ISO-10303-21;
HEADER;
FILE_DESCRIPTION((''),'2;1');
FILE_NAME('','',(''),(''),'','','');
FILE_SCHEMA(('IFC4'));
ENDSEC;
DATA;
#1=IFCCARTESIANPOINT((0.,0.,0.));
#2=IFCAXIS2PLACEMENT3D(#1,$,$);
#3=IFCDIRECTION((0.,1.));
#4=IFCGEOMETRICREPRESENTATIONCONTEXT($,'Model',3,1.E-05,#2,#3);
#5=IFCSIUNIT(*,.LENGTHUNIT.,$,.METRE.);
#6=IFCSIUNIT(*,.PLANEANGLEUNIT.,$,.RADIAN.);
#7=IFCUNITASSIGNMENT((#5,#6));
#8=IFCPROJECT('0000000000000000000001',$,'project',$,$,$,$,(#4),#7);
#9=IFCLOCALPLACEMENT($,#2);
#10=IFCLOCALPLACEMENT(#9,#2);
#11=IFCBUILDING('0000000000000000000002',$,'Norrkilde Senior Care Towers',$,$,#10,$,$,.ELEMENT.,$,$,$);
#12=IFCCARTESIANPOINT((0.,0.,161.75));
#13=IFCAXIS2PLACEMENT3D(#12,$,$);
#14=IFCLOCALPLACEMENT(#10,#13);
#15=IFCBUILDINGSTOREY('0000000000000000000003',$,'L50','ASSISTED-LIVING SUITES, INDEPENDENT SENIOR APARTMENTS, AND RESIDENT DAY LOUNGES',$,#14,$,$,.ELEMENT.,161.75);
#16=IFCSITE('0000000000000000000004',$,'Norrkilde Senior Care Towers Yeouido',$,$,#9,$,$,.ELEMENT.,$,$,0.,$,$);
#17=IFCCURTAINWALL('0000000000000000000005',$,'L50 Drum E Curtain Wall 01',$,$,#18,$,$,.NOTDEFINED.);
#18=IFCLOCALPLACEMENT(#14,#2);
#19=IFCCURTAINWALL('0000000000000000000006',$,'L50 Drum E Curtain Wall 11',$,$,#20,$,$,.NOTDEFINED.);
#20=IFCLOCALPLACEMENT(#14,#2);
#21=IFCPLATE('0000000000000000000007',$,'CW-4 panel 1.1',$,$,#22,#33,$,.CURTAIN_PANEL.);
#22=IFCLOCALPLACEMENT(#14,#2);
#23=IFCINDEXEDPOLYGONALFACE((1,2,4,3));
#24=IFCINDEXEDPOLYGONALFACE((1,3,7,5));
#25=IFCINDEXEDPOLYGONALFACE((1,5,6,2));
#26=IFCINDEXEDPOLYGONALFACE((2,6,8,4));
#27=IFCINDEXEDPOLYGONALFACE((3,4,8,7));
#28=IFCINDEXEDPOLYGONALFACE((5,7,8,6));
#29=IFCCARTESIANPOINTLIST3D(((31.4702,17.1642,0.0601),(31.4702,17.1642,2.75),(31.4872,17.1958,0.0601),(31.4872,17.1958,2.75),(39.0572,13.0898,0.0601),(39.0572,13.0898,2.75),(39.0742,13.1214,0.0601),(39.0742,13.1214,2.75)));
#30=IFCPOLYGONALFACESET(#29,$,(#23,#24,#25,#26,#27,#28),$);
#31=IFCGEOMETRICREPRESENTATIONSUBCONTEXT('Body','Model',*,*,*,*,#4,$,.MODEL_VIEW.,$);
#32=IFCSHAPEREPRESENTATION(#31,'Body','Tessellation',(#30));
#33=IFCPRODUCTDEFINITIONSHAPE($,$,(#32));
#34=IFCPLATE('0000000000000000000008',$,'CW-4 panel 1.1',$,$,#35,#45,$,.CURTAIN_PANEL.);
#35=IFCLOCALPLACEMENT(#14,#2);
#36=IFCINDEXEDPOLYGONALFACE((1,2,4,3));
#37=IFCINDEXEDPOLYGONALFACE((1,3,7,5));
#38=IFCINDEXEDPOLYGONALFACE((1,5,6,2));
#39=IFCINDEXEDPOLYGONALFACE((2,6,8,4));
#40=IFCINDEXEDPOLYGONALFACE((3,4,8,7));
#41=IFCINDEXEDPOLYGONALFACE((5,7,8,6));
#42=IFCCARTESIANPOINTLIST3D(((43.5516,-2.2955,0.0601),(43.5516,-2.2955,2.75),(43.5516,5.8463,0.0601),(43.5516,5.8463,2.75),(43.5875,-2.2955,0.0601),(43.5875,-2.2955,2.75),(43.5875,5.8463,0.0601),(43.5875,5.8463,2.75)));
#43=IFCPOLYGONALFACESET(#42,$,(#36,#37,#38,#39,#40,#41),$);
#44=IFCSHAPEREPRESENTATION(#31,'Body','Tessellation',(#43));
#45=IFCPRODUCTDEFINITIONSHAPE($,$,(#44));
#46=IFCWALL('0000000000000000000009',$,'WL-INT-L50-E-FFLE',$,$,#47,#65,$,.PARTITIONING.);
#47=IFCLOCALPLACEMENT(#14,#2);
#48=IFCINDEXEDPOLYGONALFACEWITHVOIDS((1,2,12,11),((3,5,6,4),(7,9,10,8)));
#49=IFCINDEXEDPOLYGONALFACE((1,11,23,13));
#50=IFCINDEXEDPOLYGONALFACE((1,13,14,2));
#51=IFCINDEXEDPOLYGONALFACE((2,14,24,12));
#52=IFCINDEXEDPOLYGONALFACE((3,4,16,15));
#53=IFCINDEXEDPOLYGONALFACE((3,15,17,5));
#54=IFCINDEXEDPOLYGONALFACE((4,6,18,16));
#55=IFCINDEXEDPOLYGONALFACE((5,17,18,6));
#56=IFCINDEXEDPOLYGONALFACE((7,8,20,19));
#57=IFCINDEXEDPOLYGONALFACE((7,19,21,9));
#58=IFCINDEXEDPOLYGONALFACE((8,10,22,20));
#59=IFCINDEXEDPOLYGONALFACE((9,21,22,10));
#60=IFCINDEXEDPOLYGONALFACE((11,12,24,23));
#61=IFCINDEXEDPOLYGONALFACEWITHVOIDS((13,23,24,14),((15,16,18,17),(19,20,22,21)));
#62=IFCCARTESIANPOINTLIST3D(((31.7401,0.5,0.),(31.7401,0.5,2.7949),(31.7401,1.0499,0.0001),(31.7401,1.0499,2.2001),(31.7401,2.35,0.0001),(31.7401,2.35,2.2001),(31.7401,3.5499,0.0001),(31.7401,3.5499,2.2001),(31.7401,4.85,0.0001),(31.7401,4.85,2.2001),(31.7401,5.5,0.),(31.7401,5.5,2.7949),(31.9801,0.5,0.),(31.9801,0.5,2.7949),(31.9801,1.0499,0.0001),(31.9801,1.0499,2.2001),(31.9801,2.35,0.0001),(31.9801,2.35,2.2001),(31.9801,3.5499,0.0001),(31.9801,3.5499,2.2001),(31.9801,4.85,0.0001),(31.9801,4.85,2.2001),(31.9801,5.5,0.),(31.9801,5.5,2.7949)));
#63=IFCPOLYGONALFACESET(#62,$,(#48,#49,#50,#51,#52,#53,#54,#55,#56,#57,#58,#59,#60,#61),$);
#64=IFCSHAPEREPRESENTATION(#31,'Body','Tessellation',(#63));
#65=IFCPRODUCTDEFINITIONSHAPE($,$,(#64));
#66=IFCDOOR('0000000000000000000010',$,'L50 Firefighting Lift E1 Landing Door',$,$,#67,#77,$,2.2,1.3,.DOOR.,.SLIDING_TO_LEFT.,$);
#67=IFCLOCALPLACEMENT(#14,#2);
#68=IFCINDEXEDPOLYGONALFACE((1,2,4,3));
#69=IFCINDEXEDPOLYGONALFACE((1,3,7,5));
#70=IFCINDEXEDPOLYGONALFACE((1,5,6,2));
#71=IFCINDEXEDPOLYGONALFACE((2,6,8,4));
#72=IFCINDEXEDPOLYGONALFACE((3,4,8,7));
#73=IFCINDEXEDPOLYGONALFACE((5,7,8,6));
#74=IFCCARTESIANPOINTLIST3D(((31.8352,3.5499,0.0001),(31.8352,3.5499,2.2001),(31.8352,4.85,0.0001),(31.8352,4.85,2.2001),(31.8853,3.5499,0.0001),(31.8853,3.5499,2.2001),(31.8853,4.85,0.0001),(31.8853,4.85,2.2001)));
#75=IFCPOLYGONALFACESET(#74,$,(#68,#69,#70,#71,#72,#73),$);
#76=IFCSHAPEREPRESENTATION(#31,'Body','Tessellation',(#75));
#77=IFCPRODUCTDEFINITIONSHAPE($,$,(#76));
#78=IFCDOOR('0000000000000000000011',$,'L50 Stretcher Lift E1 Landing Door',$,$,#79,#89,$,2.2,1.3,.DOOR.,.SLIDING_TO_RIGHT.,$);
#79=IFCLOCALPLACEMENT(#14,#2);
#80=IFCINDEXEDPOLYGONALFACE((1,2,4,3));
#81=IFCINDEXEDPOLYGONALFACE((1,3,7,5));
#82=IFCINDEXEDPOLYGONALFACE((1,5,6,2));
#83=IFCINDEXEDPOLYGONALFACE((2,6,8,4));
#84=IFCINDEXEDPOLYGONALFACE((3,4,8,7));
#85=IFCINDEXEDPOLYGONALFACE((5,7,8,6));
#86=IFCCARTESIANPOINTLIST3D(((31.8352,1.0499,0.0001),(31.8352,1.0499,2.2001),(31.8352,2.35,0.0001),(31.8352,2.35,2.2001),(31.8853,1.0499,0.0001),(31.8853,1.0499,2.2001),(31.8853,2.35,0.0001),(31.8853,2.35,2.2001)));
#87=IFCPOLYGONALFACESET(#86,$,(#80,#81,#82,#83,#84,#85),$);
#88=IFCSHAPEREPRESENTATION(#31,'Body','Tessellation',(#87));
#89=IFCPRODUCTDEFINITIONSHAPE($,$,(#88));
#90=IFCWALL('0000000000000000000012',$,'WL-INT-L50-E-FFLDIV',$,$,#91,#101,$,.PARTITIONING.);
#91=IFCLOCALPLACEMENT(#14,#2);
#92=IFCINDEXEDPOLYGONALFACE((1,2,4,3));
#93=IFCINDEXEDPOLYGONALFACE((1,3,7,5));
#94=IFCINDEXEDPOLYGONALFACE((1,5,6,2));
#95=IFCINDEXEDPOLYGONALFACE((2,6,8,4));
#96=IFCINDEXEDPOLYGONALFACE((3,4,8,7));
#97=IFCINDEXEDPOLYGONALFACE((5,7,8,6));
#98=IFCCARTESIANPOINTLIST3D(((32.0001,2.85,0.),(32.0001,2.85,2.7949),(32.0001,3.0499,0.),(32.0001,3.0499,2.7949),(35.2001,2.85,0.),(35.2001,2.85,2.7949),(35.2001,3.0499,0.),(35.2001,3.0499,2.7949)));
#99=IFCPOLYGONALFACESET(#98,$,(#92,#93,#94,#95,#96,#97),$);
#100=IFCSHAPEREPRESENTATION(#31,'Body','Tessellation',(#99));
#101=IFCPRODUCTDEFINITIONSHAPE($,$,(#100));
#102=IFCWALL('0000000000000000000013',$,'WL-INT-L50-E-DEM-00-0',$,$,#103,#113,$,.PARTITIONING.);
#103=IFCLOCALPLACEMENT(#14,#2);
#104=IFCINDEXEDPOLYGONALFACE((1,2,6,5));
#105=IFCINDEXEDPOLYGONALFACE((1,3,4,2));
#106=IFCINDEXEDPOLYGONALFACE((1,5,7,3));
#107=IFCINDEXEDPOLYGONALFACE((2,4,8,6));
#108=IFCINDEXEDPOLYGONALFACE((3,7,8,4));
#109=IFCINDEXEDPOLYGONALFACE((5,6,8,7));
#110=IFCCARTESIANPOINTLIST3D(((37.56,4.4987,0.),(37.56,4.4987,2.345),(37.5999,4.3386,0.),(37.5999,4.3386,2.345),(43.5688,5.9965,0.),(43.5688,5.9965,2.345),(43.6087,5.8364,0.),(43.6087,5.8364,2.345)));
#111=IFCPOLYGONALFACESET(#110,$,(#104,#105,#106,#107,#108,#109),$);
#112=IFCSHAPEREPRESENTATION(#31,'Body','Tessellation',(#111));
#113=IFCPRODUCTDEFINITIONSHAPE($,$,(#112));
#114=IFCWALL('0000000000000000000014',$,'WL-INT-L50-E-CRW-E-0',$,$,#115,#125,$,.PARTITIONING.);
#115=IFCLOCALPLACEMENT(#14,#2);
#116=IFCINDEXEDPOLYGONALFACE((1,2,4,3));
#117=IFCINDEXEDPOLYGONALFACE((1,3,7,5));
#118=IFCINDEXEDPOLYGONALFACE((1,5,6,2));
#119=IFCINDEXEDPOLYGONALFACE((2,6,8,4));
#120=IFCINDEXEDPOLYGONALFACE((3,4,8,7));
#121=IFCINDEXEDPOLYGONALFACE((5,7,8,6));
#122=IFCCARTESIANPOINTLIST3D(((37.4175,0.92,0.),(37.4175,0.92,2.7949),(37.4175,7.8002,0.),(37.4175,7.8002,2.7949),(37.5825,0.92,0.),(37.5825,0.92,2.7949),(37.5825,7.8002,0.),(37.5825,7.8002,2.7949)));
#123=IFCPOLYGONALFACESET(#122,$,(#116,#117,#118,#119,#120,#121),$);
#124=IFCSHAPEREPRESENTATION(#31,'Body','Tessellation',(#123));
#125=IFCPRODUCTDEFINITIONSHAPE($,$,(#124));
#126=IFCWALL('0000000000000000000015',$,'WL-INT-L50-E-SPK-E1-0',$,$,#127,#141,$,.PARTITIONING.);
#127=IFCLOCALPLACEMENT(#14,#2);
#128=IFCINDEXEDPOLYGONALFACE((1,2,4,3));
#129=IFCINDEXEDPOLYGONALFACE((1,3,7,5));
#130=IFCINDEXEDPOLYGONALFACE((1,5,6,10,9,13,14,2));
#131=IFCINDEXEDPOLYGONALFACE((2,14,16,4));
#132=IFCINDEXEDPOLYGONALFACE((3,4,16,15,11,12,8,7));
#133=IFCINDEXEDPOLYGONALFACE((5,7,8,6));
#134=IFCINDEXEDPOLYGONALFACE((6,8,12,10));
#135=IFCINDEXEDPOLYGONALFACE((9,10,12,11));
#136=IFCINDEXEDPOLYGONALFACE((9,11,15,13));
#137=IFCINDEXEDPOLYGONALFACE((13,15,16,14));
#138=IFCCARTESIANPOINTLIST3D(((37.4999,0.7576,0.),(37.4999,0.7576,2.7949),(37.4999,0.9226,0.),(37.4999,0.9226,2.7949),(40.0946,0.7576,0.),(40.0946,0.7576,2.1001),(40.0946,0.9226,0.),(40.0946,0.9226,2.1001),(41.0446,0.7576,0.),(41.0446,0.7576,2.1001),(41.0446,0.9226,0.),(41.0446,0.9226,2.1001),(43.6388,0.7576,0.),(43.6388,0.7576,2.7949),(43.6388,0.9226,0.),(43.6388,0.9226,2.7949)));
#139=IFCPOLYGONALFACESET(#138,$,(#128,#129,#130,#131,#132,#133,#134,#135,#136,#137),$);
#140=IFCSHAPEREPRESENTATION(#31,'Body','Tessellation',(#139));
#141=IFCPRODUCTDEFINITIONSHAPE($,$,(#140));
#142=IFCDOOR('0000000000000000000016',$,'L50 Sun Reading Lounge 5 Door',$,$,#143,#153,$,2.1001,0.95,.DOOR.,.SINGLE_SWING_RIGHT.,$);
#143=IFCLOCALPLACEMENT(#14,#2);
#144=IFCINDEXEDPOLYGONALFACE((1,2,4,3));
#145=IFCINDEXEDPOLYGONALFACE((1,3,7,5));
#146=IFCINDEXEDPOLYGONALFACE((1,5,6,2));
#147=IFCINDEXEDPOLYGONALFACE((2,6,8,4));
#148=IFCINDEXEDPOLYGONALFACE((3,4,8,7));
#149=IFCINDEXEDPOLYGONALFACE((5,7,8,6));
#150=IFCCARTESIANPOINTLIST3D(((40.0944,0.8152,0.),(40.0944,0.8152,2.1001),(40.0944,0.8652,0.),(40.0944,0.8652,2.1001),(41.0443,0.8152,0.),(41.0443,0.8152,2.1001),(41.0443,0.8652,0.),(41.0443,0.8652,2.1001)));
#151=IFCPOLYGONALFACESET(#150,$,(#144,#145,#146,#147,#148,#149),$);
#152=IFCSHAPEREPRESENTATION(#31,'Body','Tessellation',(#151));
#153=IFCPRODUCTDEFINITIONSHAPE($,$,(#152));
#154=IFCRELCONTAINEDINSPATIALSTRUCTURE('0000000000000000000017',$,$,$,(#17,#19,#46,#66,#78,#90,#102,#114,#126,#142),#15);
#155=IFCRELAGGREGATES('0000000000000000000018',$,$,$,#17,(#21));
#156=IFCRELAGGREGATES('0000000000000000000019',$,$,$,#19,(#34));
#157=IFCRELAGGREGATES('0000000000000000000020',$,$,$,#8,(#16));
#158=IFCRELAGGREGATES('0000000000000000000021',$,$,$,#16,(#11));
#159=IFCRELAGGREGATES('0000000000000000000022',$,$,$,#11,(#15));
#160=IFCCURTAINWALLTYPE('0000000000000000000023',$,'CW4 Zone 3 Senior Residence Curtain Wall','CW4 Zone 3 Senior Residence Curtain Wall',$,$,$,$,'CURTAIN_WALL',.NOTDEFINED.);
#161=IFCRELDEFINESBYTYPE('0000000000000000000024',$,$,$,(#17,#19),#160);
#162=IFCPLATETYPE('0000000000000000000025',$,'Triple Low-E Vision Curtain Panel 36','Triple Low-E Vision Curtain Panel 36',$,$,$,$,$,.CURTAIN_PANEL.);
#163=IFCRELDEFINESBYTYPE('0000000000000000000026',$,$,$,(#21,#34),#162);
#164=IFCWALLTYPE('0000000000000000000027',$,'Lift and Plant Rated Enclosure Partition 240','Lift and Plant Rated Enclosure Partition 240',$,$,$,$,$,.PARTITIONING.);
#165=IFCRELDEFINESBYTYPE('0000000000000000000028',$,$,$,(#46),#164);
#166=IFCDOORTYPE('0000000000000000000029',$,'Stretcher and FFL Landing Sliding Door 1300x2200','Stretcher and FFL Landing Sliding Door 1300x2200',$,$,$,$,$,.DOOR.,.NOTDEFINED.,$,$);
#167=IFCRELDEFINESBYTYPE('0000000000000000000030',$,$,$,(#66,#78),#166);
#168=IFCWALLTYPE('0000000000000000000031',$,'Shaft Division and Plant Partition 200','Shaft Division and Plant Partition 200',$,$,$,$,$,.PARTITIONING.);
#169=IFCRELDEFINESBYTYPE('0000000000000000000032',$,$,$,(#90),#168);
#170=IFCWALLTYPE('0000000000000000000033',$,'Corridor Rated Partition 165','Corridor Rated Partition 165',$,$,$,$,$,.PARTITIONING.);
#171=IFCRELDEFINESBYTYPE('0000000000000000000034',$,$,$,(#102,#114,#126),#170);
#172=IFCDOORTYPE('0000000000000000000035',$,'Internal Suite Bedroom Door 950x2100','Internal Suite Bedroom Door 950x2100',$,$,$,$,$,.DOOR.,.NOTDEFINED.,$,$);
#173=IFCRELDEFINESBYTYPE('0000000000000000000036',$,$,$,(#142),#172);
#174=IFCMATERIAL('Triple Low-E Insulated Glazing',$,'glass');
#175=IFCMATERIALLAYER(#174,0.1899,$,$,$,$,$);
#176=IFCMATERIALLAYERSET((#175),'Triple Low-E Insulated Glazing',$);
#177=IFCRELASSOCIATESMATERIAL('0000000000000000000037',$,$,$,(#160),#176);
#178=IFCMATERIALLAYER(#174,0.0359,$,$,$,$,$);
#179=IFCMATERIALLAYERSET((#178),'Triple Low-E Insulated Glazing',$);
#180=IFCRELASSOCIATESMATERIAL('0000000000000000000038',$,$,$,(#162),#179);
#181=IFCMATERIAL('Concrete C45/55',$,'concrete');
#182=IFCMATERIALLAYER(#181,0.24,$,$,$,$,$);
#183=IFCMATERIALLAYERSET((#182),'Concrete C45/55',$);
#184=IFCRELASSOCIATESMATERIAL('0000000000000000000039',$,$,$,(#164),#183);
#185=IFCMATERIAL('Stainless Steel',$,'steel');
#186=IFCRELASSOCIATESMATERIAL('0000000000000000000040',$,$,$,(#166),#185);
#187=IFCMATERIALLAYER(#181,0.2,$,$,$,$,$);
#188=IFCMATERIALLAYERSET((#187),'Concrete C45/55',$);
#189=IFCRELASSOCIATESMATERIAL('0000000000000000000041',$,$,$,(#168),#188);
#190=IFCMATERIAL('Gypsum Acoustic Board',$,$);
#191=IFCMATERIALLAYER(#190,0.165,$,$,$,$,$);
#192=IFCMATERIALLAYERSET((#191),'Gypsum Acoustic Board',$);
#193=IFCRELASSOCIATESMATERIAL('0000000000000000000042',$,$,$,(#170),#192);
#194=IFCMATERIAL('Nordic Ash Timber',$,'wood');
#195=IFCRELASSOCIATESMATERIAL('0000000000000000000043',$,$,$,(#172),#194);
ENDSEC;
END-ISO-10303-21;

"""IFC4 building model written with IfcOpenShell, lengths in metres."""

from ifc_helpers import new_model, si_unit, direction, frame, frame_2d, origin, origin_2d, place, context, subcontext, project, spatial, rectangle, extrude, source, transform, mapped, material, layer, layer_set, type_object, type_shapes, element, fill, aggregate, save


model = new_model("IFC4")

# Units and contexts
model_context = context("Model", 3, precision=1e-05, world=origin(), true_north=direction((0.0, 1.0)))
body_context = subcontext(model_context, "Body", "Model", "MODEL_VIEW")
ifc_project = project(units=[si_unit("LENGTHUNIT", "METRE"), si_unit("PLANEANGLEUNIT", "RADIAN")], contexts=[model_context])

# Site, building, storey
site_placement = place(None, origin())
site = spatial("IfcSite", under=ifc_project, at=site_placement, Name="Norrkilde Senior Care Towers Yeouido", CompositionType="ELEMENT", RefElevation=0.0)
building_placement = place(site_placement, origin())
building = spatial("IfcBuilding", under=site, at=building_placement, Name="Norrkilde Senior Care Towers", CompositionType="ELEMENT")
storey_placement = place(building_placement, frame((0.0, 0.0, 161.75)))
storey = spatial("IfcBuildingStorey", under=building, at=storey_placement, Name="L50", Description="ASSISTED-LIVING SUITES, INDEPENDENT SENIOR APARTMENTS, AND RESIDENT DAY LOUNGES", CompositionType="ELEMENT", Elevation=161.75)

# Shared definitions
ifc_material_1 = material(Name="Triple Low-E Insulated Glazing", Category="glass")
ifc_layer_1 = layer(ifc_material_1, 0.1899)
ifc_layer_set_1 = layer_set([ifc_layer_1], Name="Triple Low-E Insulated Glazing")
curtain_wall_type = type_object("IfcCurtainWallType", Name="CW4 Zone 3 Senior Residence Curtain Wall", Description="CW4 Zone 3 Senior Residence Curtain Wall", ElementType="CURTAIN_WALL", PredefinedType="NOTDEFINED", material=ifc_layer_set_1)

# Curtain walls
curtain_wall_1_placement = place(storey_placement, origin())
curtain_wall_1 = element("IfcCurtainWall", 1, at=curtain_wall_1_placement, inside=storey, type_object=curtain_wall_type, Name="L50 Drum E Curtain Wall 01", PredefinedType="NOTDEFINED")
curtain_wall_2_placement = place(storey_placement, origin())
curtain_wall_2 = element("IfcCurtainWall", 2, at=curtain_wall_2_placement, inside=storey, type_object=curtain_wall_type, Name="L50 Drum E Curtain Wall 11", PredefinedType="NOTDEFINED")

# Plates
ifc_layer_2 = layer(ifc_material_1, 0.0359)
ifc_layer_set_2 = layer_set([ifc_layer_2], Name="Triple Low-E Insulated Glazing")
plate_type = type_object("IfcPlateType", Name="Triple Low-E Vision Curtain Panel 36", Description="Triple Low-E Vision Curtain Panel 36", PredefinedType="CURTAIN_PANEL", material=ifc_layer_set_2)
shared_shape_1 = source(origin(), body_context, "Body", "SweptSolid", [
    extrude(rectangle(XDim=8.6118, YDim=0.0359, at=origin_2d()), origin(), (0.0, 0.0, 1.0), 2.6899),
])
plate_1_placement = place(storey_placement, frame((35.2722, 15.1428, 0.0601), z_axis=(0.0, 0.0, 1.0), x_axis=(0.881, -0.473117, 0.0)))
plate_1 = element("IfcPlate", 3, at=plate_1_placement, type_object=plate_type, Name="CW-4 panel 1.1", PredefinedType="CURTAIN_PANEL", context=body_context, shape_type="MappedRepresentation", body=[
    mapped(shared_shape_1, transform((0.0, 0.0, 0.0), x_axis=(1.0, 0.0, 0.0), y_axis=(0.0, 1.0, 0.0), z_axis=(0.0, 0.0, 1.0), scale=1.0)),
])
aggregate(curtain_wall_1, [plate_1])
shared_shape_2 = source(origin(), body_context, "Body", "SweptSolid", [
    extrude(rectangle(XDim=8.1418, YDim=0.0359, at=origin_2d()), origin(), (0.0, 0.0, 1.0), 2.6899),
])
plate_2_placement = place(storey_placement, frame((43.5696, 1.7754, 0.0601), z_axis=(0.0, 0.0, 1.0), x_axis=(0.0, -1.0, 0.0)))
plate_2 = element("IfcPlate", 4, at=plate_2_placement, type_object=plate_type, Name="CW-4 panel 1.1", PredefinedType="CURTAIN_PANEL", context=body_context, shape_type="MappedRepresentation", body=[
    mapped(shared_shape_2, transform((0.0, 0.0, 0.0), x_axis=(1.0, 0.0, 0.0), y_axis=(0.0, 1.0, 0.0), z_axis=(0.0, 0.0, 1.0), scale=1.0)),
])
aggregate(curtain_wall_2, [plate_2])

# Wall, openings, doors
ifc_material_2 = material(Name="Concrete C45/55", Category="concrete")
ifc_layer_3 = layer(ifc_material_2, 0.24)
ifc_layer_set_3 = layer_set([ifc_layer_3], Name="Concrete C45/55")
wall_type_1 = type_object("IfcWallType", Name="Lift and Plant Rated Enclosure Partition 240", Description="Lift and Plant Rated Enclosure Partition 240", PredefinedType="PARTITIONING", material=ifc_layer_set_3)
shared_shape_3 = source(origin(), body_context, "Body", "SweptSolid", [
    extrude(rectangle(XDim=5.0, YDim=0.24, at=frame_2d((2.5, 0.0))), origin(), (0.0, 0.0, 1.0), 2.7949),
])
type_shapes(wall_type_1, [shared_shape_3])
wall_1_placement = place(storey_placement, frame((31.8601, 0.5, 0.0), z_axis=(0.0, 0.0, 1.0), x_axis=(0.0, 1.0, 0.0)))
wall_1 = element("IfcWall", 5, at=wall_1_placement, inside=storey, type_object=wall_type_1, Name="WL-INT-L50-E-FFLE", PredefinedType="PARTITIONING", context=body_context, shape_type="MappedRepresentation", body=[
    mapped(shared_shape_3, transform((0.0, 0.0, 0.0), x_axis=(1.0, 0.0, 0.0), y_axis=(0.0, 1.0, 0.0), z_axis=(0.0, 0.0, 1.0), scale=1.0)),
])
opening_1_placement = place(wall_1_placement, frame((3.05, 0.0, 0.0)))
opening_1 = element("IfcOpeningElement", 6, at=opening_1_placement, cuts=wall_1, PredefinedType="OPENING", context=body_context, shape_type="SweptSolid", body=[
    extrude(rectangle(XDim=1.3, YDim=2.2, at=frame_2d((0.6499, 1.1001))), frame((0.0, 0.1299, 0.0), z_axis=(0.0, -1.0, 0.0), x_axis=(1.0, 0.0, 0.0)), (0.0, 0.0, 1.0), 0.26),
])
opening_2_placement = place(wall_1_placement, frame((0.55, 0.0, 0.0)))
opening_2 = element("IfcOpeningElement", 7, at=opening_2_placement, cuts=wall_1, PredefinedType="OPENING", context=body_context, shape_type="SweptSolid", body=[
    extrude(rectangle(XDim=1.3, YDim=2.2, at=frame_2d((0.6499, 1.1001))), frame((0.0, 0.1299, 0.0), z_axis=(0.0, -1.0, 0.0), x_axis=(1.0, 0.0, 0.0)), (0.0, 0.0, 1.0), 0.26),
])
ifc_material_3 = material(Name="Stainless Steel", Category="steel")
door_type_1 = type_object("IfcDoorType", Name="Stretcher and FFL Landing Sliding Door 1300x2200", Description="Stretcher and FFL Landing Sliding Door 1300x2200", OperationType="NOTDEFINED", PredefinedType="DOOR", material=ifc_material_3)
shared_shape_4 = source(origin(), body_context, "Body", "SweptSolid", [
    extrude(rectangle(XDim=1.3, YDim=2.2, at=frame_2d((0.6499, 1.1001))), frame((0.0, 0.0249, 0.0), z_axis=(0.0, -1.0, 0.0), x_axis=(1.0, 0.0, 0.0)), (0.0, 0.0, 1.0), 0.05),
])
type_shapes(door_type_1, [shared_shape_4])
door_1_placement = place(opening_1_placement, origin())
door_1 = element("IfcDoor", 8, at=door_1_placement, inside=storey, type_object=door_type_1, Name="L50 Firefighting Lift E1 Landing Door", OperationType="SLIDING_TO_LEFT", OverallHeight=2.2, OverallWidth=1.3, PredefinedType="DOOR", context=body_context, shape_type="MappedRepresentation", body=[
    mapped(shared_shape_4, transform((0.0, 0.0, 0.0), x_axis=(1.0, 0.0, 0.0), y_axis=(0.0, 1.0, 0.0), z_axis=(0.0, 0.0, 1.0), scale=1.0)),
])
fill(opening_1, door_1)
door_2_placement = place(opening_2_placement, origin())
door_2 = element("IfcDoor", 9, at=door_2_placement, inside=storey, type_object=door_type_1, Name="L50 Stretcher Lift E1 Landing Door", OperationType="SLIDING_TO_RIGHT", OverallHeight=2.2, OverallWidth=1.3, PredefinedType="DOOR", context=body_context, shape_type="MappedRepresentation", body=[
    mapped(shared_shape_4, transform((0.0, 0.0, 0.0), x_axis=(1.0, 0.0, 0.0), y_axis=(0.0, 1.0, 0.0), z_axis=(0.0, 0.0, 1.0), scale=1.0)),
])
fill(opening_2, door_2)

# Walls
ifc_layer_4 = layer(ifc_material_2, 0.2)
ifc_layer_set_4 = layer_set([ifc_layer_4], Name="Concrete C45/55")
wall_type_2 = type_object("IfcWallType", Name="Shaft Division and Plant Partition 200", Description="Shaft Division and Plant Partition 200", PredefinedType="PARTITIONING", material=ifc_layer_set_4)
shared_shape_5 = source(origin(), body_context, "Body", "SweptSolid", [
    extrude(rectangle(XDim=3.2, YDim=0.2, at=frame_2d((1.6001, 0.0))), origin(), (0.0, 0.0, 1.0), 2.7949),
])
type_shapes(wall_type_2, [shared_shape_5])
wall_2_placement = place(storey_placement, frame((32.0, 2.95, 0.0), z_axis=(0.0, 0.0, 1.0), x_axis=(1.0, 0.0, 0.0)))
element("IfcWall", 10, at=wall_2_placement, inside=storey, type_object=wall_type_2, Name="WL-INT-L50-E-FFLDIV", PredefinedType="PARTITIONING", context=body_context, shape_type="MappedRepresentation", body=[
    mapped(shared_shape_5, transform((0.0, 0.0, 0.0), x_axis=(1.0, 0.0, 0.0), y_axis=(0.0, 1.0, 0.0), z_axis=(0.0, 0.0, 1.0), scale=1.0)),
])
ifc_material_4 = material(Name="Gypsum Acoustic Board")
ifc_layer_5 = layer(ifc_material_4, 0.165)
ifc_layer_set_5 = layer_set([ifc_layer_5], Name="Gypsum Acoustic Board")
wall_type_3 = type_object("IfcWallType", Name="Corridor Rated Partition 165", Description="Corridor Rated Partition 165", PredefinedType="PARTITIONING", material=ifc_layer_set_5)
shared_shape_6 = source(origin(), body_context, "Body", "SweptSolid", [
    extrude(rectangle(XDim=6.1926, YDim=0.165, at=frame_2d((3.0962, 0.0))), origin(), (0.0, 0.0, 1.0), 2.345),
])
wall_3_placement = place(storey_placement, frame((37.5801, 4.4187, 0.0), z_axis=(0.0, 0.0, 1.0), x_axis=(0.970309, 0.241868, 0.0)))
element("IfcWall", 11, at=wall_3_placement, inside=storey, type_object=wall_type_3, Name="WL-INT-L50-E-DEM-00-0", PredefinedType="PARTITIONING", context=body_context, shape_type="MappedRepresentation", body=[
    mapped(shared_shape_6, transform((0.0, 0.0, 0.0), x_axis=(1.0, 0.0, 0.0), y_axis=(0.0, 1.0, 0.0), z_axis=(0.0, 0.0, 1.0), scale=1.0)),
])
shared_shape_7 = source(origin(), body_context, "Body", "SweptSolid", [
    extrude(rectangle(XDim=6.8801, YDim=0.165, at=frame_2d((3.4399, 0.0))), origin(), (0.0, 0.0, 1.0), 2.7949),
])
wall_4_placement = place(storey_placement, frame((37.5, 7.8, 0.0), z_axis=(0.0, 0.0, 1.0), x_axis=(0.0, -1.0, 0.0)))
element("IfcWall", 12, at=wall_4_placement, inside=storey, type_object=wall_type_3, Name="WL-INT-L50-E-CRW-E-0", PredefinedType="PARTITIONING", context=body_context, shape_type="MappedRepresentation", body=[
    mapped(shared_shape_7, transform((0.0, 0.0, 0.0), x_axis=(1.0, 0.0, 0.0), y_axis=(0.0, 1.0, 0.0), z_axis=(0.0, 0.0, 1.0), scale=1.0)),
])

# Wall, opening, door
shared_shape_8 = source(origin(), body_context, "Body", "SweptSolid", [
    extrude(rectangle(XDim=6.1389, YDim=0.165, at=frame_2d((3.0693, 0.0))), origin(), (0.0, 0.0, 1.0), 2.7949),
])
type_shapes(wall_type_3, [shared_shape_6, shared_shape_7, shared_shape_8])
wall_5_placement = place(storey_placement, frame((37.5, 0.8401, 0.0), z_axis=(0.0, 0.0, 1.0), x_axis=(1.0, 0.0, 0.0)))
wall_5 = element("IfcWall", 13, at=wall_5_placement, inside=storey, type_object=wall_type_3, Name="WL-INT-L50-E-SPK-E1-0", PredefinedType="PARTITIONING", context=body_context, shape_type="MappedRepresentation", body=[
    mapped(shared_shape_8, transform((0.0, 0.0, 0.0), x_axis=(1.0, 0.0, 0.0), y_axis=(0.0, 1.0, 0.0), z_axis=(0.0, 0.0, 1.0), scale=1.0)),
])
opening_3_placement = place(wall_5_placement, frame((2.5945, 0.0, 0.0)))
opening_3 = element("IfcOpeningElement", 14, at=opening_3_placement, cuts=wall_5, PredefinedType="OPENING", context=body_context, shape_type="SweptSolid", body=[
    extrude(rectangle(XDim=0.95, YDim=2.1001, at=frame_2d((0.4751, 1.05))), frame((0.0, 0.0925, 0.0), z_axis=(0.0, -1.0, 0.0), x_axis=(1.0, 0.0, 0.0)), (0.0, 0.0, 1.0), 0.1851),
])
ifc_material_5 = material(Name="Nordic Ash Timber", Category="wood")
door_type_2 = type_object("IfcDoorType", Name="Internal Suite Bedroom Door 950x2100", Description="Internal Suite Bedroom Door 950x2100", OperationType="NOTDEFINED", PredefinedType="DOOR", material=ifc_material_5)
shared_shape_9 = source(origin(), body_context, "Body", "SweptSolid", [
    extrude(rectangle(XDim=0.95, YDim=2.1001, at=frame_2d((0.4751, 1.05))), frame((0.0, 0.0249, 0.0), z_axis=(0.0, -1.0, 0.0), x_axis=(1.0, 0.0, 0.0)), (0.0, 0.0, 1.0), 0.05),
])
type_shapes(door_type_2, [shared_shape_9])
door_3_placement = place(opening_3_placement, frame((0.95, 0.0, 0.0), z_axis=(0.0, 0.0, 1.0), x_axis=(-1.0, 0.0, 0.0)))
door_3 = element("IfcDoor", 15, at=door_3_placement, inside=storey, type_object=door_type_2, Name="L50 Sun Reading Lounge 5 Door", OperationType="SINGLE_SWING_RIGHT", OverallHeight=2.1001, OverallWidth=0.95, PredefinedType="DOOR", context=body_context, shape_type="MappedRepresentation", body=[
    mapped(shared_shape_9, transform((0.0, 0.0, 0.0), x_axis=(1.0, 0.0, 0.0), y_axis=(0.0, 1.0, 0.0), z_axis=(0.0, 0.0, 1.0), scale=1.0)),
])
fill(opening_3, door_3)

save(model, "model.ifc")
